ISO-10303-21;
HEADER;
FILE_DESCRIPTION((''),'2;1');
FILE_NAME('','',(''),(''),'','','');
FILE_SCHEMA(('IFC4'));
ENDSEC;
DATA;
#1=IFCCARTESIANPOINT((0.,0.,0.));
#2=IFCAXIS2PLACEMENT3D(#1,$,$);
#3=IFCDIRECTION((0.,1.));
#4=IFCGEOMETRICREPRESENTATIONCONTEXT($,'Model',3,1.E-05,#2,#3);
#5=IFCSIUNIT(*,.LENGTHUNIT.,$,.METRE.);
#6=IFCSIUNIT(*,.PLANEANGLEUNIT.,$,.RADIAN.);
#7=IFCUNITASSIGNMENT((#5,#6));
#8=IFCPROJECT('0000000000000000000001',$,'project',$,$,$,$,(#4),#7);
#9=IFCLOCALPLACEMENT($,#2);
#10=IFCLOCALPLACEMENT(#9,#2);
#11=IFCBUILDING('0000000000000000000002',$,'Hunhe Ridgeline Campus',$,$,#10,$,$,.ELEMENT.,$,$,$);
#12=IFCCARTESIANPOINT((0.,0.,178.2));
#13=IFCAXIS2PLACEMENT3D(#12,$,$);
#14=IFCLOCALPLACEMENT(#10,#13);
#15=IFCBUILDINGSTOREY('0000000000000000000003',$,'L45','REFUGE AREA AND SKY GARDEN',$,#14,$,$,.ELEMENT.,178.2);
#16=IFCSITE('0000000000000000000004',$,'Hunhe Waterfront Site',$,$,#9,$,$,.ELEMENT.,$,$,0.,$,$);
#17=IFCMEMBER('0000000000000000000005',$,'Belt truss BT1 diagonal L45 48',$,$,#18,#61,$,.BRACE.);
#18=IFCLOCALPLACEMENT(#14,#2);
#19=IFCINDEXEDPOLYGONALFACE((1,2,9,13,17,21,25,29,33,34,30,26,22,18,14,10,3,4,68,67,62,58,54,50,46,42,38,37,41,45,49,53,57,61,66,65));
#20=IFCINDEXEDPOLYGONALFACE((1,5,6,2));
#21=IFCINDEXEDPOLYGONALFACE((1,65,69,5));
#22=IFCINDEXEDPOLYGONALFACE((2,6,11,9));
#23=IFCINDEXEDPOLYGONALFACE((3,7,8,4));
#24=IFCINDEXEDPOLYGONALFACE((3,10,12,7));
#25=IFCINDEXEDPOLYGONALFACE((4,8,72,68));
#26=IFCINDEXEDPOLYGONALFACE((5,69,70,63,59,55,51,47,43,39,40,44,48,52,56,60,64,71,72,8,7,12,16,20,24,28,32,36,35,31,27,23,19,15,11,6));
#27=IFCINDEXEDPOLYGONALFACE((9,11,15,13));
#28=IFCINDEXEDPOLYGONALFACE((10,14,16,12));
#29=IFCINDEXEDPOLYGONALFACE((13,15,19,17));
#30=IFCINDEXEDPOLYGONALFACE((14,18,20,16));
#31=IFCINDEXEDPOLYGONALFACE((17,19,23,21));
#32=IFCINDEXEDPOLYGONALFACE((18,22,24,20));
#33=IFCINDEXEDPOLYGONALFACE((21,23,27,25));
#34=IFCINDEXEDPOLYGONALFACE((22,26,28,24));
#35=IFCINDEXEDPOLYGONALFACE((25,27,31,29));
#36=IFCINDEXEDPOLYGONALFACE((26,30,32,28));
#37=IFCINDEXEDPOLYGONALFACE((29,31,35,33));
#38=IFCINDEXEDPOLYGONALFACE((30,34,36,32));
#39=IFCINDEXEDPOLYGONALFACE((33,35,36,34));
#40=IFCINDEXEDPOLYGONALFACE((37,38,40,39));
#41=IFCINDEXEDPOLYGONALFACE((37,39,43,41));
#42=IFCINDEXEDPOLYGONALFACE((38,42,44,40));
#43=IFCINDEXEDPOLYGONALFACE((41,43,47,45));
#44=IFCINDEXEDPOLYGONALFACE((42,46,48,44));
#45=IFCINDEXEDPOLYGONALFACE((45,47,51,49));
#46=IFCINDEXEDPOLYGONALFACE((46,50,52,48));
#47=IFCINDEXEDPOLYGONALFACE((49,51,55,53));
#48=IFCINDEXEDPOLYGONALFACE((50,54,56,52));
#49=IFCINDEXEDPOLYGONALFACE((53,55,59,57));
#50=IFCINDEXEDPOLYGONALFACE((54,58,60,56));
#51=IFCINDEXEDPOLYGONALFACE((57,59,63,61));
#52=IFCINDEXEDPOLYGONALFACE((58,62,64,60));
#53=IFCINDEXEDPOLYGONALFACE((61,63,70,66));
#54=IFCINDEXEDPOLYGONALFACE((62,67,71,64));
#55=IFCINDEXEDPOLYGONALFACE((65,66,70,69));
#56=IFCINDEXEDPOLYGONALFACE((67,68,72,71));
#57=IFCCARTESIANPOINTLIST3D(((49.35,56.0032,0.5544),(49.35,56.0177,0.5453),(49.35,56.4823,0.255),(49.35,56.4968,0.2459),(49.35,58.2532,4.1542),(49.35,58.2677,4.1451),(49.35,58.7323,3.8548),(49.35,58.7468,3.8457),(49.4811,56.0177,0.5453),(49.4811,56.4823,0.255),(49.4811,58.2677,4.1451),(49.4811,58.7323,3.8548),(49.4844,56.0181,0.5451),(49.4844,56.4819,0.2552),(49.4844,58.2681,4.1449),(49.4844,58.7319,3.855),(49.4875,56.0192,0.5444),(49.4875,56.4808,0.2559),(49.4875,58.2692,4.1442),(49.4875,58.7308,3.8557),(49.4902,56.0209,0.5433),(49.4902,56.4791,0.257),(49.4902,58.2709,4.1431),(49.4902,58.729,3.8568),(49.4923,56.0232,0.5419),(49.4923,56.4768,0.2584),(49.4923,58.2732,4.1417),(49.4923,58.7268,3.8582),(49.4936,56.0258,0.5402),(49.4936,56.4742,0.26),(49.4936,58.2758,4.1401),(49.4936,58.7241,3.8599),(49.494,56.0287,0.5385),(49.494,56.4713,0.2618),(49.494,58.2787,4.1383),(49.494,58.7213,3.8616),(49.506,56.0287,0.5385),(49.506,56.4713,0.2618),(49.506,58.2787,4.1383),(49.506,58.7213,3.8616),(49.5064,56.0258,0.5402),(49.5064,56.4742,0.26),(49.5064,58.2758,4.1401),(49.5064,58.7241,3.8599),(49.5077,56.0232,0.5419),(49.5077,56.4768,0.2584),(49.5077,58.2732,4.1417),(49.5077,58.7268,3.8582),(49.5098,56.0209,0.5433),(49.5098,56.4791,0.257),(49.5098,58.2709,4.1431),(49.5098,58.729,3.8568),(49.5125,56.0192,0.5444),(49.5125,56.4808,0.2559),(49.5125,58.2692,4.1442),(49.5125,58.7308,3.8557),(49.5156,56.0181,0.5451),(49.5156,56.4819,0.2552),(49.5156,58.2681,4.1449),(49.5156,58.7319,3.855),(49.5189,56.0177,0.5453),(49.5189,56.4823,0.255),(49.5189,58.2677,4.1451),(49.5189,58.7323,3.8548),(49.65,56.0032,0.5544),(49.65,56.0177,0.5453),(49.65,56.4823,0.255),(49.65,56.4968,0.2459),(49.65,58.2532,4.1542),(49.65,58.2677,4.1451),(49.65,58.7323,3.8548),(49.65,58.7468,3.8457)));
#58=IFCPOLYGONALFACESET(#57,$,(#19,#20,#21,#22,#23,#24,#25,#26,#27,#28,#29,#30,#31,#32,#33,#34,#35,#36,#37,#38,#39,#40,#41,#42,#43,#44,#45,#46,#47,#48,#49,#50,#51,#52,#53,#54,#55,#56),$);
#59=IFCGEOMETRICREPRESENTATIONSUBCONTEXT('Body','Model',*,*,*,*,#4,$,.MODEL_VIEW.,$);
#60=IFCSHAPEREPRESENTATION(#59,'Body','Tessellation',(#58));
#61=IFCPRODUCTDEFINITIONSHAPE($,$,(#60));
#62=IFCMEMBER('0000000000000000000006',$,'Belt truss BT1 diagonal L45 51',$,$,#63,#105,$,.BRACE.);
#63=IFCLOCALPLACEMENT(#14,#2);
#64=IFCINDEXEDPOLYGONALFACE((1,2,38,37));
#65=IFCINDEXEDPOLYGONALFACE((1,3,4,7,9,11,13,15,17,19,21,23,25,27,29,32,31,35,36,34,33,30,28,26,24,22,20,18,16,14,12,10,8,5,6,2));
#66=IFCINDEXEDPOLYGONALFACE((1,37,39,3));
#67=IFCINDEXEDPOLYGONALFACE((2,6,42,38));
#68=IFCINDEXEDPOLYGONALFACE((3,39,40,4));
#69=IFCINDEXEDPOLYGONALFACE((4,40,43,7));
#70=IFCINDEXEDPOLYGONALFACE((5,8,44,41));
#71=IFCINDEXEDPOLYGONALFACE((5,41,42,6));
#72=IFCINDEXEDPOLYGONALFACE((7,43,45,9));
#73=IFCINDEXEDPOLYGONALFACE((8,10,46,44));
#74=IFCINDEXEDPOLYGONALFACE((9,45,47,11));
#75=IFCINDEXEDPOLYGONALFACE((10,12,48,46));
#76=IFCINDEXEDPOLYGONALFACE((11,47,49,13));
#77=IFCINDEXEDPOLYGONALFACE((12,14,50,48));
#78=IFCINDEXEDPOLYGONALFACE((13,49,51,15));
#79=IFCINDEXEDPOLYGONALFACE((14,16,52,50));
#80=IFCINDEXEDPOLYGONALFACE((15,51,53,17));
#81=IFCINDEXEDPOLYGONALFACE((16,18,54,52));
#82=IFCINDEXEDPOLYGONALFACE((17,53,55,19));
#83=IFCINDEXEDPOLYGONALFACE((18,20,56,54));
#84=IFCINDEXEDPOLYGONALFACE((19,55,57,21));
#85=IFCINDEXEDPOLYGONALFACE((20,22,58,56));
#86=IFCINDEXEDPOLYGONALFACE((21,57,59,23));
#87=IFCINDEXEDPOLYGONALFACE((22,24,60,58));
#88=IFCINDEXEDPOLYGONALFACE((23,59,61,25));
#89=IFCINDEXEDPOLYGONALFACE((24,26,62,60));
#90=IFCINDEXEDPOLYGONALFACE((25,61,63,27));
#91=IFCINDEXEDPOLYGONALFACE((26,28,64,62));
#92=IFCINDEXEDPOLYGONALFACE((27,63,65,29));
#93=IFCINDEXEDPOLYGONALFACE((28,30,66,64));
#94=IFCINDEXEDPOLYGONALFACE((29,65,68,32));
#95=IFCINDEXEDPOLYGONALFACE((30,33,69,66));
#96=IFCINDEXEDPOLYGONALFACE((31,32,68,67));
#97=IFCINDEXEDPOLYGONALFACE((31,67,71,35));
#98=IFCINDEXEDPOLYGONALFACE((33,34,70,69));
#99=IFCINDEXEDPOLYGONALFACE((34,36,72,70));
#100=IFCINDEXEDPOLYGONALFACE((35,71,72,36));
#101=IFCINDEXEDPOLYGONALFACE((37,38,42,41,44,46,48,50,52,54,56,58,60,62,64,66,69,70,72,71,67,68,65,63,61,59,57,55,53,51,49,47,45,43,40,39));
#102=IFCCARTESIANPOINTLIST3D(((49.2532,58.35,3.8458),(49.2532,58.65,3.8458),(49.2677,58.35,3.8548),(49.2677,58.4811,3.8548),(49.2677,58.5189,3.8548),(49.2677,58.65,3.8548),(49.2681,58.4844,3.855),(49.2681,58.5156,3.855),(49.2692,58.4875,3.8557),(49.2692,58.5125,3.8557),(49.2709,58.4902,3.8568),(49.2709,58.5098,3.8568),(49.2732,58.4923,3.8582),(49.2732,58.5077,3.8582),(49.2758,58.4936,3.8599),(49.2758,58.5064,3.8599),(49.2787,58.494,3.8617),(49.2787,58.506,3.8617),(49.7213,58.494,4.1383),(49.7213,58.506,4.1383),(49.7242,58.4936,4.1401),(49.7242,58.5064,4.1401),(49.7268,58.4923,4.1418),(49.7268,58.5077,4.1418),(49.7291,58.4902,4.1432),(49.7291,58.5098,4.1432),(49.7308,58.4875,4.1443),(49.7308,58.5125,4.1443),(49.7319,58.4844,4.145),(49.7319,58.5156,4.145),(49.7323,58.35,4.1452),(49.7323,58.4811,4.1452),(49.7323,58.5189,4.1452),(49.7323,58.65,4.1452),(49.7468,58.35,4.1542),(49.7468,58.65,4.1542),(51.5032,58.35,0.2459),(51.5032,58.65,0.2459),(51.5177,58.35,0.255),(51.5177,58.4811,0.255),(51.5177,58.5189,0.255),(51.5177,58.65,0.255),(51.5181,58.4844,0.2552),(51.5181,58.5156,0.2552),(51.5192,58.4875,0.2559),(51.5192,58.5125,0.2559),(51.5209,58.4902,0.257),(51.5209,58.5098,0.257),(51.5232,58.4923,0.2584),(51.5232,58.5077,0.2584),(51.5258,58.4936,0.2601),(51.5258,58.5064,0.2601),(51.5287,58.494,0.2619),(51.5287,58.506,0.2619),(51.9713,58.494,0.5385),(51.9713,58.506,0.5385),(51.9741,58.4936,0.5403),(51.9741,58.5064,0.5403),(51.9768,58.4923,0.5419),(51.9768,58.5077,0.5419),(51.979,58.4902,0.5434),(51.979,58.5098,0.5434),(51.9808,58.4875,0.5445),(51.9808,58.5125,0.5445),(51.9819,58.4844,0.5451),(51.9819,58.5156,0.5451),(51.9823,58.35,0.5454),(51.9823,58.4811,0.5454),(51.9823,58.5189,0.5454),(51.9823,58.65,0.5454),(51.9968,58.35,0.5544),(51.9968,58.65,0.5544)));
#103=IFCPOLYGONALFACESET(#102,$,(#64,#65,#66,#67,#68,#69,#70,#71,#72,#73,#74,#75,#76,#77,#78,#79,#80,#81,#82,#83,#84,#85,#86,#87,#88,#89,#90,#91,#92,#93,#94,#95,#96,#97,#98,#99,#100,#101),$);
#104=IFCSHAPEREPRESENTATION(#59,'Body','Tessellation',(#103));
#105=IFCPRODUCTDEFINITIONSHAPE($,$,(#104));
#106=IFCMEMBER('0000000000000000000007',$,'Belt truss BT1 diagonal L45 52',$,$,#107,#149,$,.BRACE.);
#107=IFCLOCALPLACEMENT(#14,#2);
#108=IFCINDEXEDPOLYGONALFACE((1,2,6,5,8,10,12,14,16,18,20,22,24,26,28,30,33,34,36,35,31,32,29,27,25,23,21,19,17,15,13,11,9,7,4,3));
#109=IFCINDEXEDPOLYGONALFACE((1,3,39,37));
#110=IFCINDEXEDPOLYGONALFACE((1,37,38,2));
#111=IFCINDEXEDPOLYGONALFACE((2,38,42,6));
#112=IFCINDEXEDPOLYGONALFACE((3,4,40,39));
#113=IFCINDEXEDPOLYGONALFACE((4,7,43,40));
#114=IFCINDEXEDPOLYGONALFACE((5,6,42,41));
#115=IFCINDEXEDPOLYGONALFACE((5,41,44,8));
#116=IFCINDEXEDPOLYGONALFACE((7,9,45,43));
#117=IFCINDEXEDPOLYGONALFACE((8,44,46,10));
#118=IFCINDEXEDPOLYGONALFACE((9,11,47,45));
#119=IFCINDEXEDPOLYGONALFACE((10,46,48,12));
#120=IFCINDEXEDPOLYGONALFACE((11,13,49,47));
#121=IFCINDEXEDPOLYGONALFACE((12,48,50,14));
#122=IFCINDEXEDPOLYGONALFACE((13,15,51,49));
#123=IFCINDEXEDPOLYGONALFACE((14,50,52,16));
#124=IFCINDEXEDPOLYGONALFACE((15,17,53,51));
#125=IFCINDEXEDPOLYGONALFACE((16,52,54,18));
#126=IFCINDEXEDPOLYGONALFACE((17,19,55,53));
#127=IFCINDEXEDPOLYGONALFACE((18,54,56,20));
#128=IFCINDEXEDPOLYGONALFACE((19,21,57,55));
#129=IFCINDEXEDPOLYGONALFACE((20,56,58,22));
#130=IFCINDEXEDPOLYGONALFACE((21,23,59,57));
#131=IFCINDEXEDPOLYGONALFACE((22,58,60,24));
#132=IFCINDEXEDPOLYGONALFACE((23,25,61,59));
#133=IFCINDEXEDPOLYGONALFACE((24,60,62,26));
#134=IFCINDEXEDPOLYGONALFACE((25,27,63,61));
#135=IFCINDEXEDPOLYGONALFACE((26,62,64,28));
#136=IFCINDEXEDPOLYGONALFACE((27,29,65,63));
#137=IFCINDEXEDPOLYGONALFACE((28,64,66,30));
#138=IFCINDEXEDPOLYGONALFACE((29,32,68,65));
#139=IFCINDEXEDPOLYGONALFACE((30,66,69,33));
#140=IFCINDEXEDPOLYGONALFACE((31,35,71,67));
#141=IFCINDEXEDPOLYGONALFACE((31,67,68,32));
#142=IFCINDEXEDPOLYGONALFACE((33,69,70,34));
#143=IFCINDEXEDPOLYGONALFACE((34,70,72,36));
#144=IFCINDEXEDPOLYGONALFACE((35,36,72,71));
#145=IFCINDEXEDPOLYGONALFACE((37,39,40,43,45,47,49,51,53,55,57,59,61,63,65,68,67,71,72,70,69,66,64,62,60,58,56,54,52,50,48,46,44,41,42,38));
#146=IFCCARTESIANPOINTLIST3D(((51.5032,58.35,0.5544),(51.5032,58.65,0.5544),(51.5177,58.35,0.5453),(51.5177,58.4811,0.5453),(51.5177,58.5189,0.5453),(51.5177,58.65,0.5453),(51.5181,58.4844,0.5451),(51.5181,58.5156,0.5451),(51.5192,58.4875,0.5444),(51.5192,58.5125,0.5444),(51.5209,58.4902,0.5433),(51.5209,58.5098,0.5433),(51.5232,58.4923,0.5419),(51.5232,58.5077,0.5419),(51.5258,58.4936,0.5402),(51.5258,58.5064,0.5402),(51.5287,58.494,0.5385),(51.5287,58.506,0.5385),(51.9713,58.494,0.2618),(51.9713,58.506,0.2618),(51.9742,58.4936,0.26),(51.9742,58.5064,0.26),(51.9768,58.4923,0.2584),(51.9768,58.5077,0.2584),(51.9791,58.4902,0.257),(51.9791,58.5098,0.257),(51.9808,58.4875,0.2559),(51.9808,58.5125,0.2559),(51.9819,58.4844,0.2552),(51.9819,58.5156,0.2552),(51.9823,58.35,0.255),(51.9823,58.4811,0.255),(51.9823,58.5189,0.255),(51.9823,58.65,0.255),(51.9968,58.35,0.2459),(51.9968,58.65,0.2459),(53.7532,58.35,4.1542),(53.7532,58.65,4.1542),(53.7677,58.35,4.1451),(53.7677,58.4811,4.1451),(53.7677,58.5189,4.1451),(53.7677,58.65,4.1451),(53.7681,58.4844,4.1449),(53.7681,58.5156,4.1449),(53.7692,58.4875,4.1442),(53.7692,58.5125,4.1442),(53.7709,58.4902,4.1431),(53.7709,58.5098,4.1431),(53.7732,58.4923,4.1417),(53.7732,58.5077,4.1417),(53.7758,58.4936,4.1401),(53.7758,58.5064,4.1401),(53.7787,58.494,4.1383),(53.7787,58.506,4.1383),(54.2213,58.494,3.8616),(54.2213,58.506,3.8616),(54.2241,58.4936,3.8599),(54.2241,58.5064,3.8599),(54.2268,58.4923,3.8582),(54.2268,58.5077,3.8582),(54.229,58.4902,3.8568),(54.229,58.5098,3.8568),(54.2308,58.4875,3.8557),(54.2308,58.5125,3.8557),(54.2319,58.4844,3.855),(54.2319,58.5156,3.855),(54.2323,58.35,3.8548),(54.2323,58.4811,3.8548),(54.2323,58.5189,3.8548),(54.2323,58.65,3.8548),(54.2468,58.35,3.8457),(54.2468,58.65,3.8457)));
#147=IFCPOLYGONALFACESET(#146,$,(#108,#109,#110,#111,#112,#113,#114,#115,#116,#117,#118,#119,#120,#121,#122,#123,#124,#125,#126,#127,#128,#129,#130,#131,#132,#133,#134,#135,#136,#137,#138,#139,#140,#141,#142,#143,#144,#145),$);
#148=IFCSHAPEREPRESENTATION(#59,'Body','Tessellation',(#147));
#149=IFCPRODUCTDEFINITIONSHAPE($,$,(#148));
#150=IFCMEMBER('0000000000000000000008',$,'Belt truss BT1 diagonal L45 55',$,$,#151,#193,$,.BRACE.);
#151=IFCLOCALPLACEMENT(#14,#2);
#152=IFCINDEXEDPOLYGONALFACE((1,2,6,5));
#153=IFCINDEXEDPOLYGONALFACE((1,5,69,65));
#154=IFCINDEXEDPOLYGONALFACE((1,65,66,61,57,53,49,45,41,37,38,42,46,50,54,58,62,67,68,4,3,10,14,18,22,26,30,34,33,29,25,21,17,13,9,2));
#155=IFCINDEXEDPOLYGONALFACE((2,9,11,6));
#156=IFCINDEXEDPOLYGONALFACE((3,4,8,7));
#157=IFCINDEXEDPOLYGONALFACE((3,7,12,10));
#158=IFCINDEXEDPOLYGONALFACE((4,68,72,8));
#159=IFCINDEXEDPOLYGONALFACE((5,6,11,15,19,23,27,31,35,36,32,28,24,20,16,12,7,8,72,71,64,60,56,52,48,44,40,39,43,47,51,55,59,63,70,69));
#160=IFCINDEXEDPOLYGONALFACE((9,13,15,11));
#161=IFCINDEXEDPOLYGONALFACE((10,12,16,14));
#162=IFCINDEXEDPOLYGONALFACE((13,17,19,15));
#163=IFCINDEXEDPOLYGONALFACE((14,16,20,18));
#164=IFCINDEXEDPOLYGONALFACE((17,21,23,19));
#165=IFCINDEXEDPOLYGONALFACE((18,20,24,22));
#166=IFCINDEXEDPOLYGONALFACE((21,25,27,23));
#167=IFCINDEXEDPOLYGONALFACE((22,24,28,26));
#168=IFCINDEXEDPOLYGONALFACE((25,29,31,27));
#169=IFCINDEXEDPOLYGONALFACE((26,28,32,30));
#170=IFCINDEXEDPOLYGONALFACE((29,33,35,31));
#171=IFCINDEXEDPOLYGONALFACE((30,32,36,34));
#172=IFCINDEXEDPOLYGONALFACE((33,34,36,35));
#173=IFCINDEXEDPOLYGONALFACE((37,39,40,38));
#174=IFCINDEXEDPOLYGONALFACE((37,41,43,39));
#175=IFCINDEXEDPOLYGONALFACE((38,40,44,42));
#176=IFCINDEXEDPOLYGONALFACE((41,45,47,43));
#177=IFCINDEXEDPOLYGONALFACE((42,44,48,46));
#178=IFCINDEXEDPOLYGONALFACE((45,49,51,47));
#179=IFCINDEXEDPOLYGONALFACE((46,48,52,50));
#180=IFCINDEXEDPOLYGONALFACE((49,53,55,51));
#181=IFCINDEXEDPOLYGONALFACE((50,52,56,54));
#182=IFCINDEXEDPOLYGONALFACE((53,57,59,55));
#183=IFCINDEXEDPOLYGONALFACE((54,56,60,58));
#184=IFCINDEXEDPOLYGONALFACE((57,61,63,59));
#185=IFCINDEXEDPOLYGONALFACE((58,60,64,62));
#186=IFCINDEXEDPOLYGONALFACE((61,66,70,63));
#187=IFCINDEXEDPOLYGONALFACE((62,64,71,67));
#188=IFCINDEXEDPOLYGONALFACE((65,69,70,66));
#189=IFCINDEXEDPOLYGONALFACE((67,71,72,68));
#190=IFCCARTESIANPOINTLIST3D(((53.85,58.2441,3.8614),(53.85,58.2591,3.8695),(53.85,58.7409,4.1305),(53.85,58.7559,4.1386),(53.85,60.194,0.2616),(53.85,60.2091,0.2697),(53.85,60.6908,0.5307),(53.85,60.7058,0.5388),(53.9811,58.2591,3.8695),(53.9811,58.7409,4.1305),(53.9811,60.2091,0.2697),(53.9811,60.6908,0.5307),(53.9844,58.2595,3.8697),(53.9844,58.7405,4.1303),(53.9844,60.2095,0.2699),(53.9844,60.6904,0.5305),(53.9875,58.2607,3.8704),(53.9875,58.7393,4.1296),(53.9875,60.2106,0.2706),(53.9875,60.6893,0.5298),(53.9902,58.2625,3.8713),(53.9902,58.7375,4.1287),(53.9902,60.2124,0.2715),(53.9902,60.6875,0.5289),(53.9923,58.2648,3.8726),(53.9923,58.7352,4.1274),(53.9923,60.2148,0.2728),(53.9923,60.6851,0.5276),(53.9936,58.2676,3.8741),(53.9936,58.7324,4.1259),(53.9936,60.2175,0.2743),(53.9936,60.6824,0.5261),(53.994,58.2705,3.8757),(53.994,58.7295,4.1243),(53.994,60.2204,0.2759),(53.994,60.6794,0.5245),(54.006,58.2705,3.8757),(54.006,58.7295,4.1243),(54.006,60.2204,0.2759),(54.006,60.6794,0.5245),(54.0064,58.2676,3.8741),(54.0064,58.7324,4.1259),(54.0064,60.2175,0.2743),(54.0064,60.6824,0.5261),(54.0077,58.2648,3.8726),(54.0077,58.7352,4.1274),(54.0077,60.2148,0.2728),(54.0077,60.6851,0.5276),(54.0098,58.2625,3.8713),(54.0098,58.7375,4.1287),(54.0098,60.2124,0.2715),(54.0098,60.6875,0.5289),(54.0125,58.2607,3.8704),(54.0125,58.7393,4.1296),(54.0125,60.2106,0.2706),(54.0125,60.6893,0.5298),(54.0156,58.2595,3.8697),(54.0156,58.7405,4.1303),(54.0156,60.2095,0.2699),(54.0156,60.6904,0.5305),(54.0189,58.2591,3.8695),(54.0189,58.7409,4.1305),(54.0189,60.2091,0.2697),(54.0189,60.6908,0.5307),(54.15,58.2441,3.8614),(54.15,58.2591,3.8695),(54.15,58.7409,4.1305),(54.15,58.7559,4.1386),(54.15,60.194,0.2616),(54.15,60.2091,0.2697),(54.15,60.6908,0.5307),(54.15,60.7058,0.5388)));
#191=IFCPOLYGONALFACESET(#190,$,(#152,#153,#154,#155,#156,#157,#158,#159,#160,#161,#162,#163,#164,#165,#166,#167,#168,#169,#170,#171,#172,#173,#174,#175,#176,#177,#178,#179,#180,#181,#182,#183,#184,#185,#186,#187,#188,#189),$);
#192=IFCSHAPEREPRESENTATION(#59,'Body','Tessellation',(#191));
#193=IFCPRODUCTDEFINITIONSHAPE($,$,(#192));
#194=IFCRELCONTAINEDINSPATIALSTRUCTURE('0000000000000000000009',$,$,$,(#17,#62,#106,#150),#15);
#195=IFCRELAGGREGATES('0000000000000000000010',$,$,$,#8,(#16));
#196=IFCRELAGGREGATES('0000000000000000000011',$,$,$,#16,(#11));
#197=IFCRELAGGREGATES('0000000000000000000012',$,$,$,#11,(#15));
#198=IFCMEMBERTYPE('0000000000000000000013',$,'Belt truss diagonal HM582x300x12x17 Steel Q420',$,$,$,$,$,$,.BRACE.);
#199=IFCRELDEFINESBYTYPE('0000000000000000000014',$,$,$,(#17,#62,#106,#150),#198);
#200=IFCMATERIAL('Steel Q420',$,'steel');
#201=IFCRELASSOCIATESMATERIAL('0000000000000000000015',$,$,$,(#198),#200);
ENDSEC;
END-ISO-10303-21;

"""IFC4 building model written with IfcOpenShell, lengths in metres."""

from ifc_helpers import new_model, si_unit, direction, frame, origin, origin_2d, place, context, subcontext, project, spatial, i_section, extrude, material, material_profile, profile_set, type_object, element, save


model = new_model("IFC4")

# Units and contexts
model_context = context("Model", 3, precision=1e-05, world=origin(), true_north=direction((0.0, 1.0)))
body_context = subcontext(model_context, "Body", "Model", "MODEL_VIEW")
ifc_project = project(units=[si_unit("LENGTHUNIT", "METRE"), si_unit("PLANEANGLEUNIT", "RADIAN")], contexts=[model_context])

# Site, building, storey
site_placement = place(None, origin())
site = spatial("IfcSite", under=ifc_project, at=site_placement, Name="Hunhe Waterfront Site", CompositionType="ELEMENT", RefElevation=0.0)
building_placement = place(site_placement, origin())
building = spatial("IfcBuilding", under=site, at=building_placement, Name="Hunhe Ridgeline Campus", CompositionType="ELEMENT")
storey_placement = place(building_placement, frame((0.0, 0.0, 178.2)))
storey = spatial("IfcBuildingStorey", under=building, at=storey_placement, Name="L45", Description="REFUGE AREA AND SKY GARDEN", CompositionType="ELEMENT", Elevation=178.2)

# Members
ifc_material_1 = material(Name="Steel Q420", Category="steel")
ifc_material_profile_1 = material_profile(ifc_material_1, i_section(OverallWidth=0.3, OverallDepth=0.582, WebThickness=0.012, FlangeThickness=0.0171, FilletRadius=0.0129, at=origin_2d()))
ifc_profile_set_1 = profile_set([ifc_material_profile_1], Name="Steel Q420")
member_type_1 = type_object("IfcMemberType", Name="Belt truss diagonal HM582x300x12x17 Steel Q420", PredefinedType="BRACE", material=ifc_profile_set_1)
for number, where, z_axis, x_axis, name in (
    (1, (49.5, 56.25, 0.4001), (0.0, 0.530014, 0.847989), (-1.0, 0.0, 0.0), "Belt truss BT1 diagonal L45 48"),
    (2, (49.5, 58.5, 4.0), (0.530014, 0.0, -0.847989), (0.0, 1.0, 0.0), "Belt truss BT1 diagonal L45 51"),
    (3, (51.75, 58.5, 0.4001), (0.530014, 0.0, 0.847989), (0.0, 1.0, 0.0), "Belt truss BT1 diagonal L45 52"),
):
    element("IfcMember", number, at=place(storey_placement, frame(where, z_axis=z_axis, x_axis=x_axis)), inside=storey, type_object=member_type_1, Name=name, PredefinedType="BRACE", context=body_context, shape_type="SweptSolid", body=[
        extrude(i_section(OverallWidth=0.3, OverallDepth=0.582, WebThickness=0.012, FlangeThickness=0.0171, FilletRadius=0.0129, at=origin_2d()), origin(), (0.0, 0.0, 1.0), 4.2451),
    ])
for number, where, z_axis, x_axis, name in (
    (4, (54.0, 58.5, 4.0), (0.0, 0.476289, -0.879289), (-1.0, 0.0, 0.0), "Belt truss BT1 diagonal L45 55"),
):
    element("IfcMember", number, at=place(storey_placement, frame(where, z_axis=z_axis, x_axis=x_axis)), inside=storey, type_object=member_type_1, Name=name, PredefinedType="BRACE", context=body_context, shape_type="SweptSolid", body=[
        extrude(i_section(OverallWidth=0.3, OverallDepth=0.582, WebThickness=0.012, FlangeThickness=0.0171, FilletRadius=0.0129, at=origin_2d()), origin(), (0.0, 0.0, 1.0), 4.094),
    ])

save(model, "model.ifc")
